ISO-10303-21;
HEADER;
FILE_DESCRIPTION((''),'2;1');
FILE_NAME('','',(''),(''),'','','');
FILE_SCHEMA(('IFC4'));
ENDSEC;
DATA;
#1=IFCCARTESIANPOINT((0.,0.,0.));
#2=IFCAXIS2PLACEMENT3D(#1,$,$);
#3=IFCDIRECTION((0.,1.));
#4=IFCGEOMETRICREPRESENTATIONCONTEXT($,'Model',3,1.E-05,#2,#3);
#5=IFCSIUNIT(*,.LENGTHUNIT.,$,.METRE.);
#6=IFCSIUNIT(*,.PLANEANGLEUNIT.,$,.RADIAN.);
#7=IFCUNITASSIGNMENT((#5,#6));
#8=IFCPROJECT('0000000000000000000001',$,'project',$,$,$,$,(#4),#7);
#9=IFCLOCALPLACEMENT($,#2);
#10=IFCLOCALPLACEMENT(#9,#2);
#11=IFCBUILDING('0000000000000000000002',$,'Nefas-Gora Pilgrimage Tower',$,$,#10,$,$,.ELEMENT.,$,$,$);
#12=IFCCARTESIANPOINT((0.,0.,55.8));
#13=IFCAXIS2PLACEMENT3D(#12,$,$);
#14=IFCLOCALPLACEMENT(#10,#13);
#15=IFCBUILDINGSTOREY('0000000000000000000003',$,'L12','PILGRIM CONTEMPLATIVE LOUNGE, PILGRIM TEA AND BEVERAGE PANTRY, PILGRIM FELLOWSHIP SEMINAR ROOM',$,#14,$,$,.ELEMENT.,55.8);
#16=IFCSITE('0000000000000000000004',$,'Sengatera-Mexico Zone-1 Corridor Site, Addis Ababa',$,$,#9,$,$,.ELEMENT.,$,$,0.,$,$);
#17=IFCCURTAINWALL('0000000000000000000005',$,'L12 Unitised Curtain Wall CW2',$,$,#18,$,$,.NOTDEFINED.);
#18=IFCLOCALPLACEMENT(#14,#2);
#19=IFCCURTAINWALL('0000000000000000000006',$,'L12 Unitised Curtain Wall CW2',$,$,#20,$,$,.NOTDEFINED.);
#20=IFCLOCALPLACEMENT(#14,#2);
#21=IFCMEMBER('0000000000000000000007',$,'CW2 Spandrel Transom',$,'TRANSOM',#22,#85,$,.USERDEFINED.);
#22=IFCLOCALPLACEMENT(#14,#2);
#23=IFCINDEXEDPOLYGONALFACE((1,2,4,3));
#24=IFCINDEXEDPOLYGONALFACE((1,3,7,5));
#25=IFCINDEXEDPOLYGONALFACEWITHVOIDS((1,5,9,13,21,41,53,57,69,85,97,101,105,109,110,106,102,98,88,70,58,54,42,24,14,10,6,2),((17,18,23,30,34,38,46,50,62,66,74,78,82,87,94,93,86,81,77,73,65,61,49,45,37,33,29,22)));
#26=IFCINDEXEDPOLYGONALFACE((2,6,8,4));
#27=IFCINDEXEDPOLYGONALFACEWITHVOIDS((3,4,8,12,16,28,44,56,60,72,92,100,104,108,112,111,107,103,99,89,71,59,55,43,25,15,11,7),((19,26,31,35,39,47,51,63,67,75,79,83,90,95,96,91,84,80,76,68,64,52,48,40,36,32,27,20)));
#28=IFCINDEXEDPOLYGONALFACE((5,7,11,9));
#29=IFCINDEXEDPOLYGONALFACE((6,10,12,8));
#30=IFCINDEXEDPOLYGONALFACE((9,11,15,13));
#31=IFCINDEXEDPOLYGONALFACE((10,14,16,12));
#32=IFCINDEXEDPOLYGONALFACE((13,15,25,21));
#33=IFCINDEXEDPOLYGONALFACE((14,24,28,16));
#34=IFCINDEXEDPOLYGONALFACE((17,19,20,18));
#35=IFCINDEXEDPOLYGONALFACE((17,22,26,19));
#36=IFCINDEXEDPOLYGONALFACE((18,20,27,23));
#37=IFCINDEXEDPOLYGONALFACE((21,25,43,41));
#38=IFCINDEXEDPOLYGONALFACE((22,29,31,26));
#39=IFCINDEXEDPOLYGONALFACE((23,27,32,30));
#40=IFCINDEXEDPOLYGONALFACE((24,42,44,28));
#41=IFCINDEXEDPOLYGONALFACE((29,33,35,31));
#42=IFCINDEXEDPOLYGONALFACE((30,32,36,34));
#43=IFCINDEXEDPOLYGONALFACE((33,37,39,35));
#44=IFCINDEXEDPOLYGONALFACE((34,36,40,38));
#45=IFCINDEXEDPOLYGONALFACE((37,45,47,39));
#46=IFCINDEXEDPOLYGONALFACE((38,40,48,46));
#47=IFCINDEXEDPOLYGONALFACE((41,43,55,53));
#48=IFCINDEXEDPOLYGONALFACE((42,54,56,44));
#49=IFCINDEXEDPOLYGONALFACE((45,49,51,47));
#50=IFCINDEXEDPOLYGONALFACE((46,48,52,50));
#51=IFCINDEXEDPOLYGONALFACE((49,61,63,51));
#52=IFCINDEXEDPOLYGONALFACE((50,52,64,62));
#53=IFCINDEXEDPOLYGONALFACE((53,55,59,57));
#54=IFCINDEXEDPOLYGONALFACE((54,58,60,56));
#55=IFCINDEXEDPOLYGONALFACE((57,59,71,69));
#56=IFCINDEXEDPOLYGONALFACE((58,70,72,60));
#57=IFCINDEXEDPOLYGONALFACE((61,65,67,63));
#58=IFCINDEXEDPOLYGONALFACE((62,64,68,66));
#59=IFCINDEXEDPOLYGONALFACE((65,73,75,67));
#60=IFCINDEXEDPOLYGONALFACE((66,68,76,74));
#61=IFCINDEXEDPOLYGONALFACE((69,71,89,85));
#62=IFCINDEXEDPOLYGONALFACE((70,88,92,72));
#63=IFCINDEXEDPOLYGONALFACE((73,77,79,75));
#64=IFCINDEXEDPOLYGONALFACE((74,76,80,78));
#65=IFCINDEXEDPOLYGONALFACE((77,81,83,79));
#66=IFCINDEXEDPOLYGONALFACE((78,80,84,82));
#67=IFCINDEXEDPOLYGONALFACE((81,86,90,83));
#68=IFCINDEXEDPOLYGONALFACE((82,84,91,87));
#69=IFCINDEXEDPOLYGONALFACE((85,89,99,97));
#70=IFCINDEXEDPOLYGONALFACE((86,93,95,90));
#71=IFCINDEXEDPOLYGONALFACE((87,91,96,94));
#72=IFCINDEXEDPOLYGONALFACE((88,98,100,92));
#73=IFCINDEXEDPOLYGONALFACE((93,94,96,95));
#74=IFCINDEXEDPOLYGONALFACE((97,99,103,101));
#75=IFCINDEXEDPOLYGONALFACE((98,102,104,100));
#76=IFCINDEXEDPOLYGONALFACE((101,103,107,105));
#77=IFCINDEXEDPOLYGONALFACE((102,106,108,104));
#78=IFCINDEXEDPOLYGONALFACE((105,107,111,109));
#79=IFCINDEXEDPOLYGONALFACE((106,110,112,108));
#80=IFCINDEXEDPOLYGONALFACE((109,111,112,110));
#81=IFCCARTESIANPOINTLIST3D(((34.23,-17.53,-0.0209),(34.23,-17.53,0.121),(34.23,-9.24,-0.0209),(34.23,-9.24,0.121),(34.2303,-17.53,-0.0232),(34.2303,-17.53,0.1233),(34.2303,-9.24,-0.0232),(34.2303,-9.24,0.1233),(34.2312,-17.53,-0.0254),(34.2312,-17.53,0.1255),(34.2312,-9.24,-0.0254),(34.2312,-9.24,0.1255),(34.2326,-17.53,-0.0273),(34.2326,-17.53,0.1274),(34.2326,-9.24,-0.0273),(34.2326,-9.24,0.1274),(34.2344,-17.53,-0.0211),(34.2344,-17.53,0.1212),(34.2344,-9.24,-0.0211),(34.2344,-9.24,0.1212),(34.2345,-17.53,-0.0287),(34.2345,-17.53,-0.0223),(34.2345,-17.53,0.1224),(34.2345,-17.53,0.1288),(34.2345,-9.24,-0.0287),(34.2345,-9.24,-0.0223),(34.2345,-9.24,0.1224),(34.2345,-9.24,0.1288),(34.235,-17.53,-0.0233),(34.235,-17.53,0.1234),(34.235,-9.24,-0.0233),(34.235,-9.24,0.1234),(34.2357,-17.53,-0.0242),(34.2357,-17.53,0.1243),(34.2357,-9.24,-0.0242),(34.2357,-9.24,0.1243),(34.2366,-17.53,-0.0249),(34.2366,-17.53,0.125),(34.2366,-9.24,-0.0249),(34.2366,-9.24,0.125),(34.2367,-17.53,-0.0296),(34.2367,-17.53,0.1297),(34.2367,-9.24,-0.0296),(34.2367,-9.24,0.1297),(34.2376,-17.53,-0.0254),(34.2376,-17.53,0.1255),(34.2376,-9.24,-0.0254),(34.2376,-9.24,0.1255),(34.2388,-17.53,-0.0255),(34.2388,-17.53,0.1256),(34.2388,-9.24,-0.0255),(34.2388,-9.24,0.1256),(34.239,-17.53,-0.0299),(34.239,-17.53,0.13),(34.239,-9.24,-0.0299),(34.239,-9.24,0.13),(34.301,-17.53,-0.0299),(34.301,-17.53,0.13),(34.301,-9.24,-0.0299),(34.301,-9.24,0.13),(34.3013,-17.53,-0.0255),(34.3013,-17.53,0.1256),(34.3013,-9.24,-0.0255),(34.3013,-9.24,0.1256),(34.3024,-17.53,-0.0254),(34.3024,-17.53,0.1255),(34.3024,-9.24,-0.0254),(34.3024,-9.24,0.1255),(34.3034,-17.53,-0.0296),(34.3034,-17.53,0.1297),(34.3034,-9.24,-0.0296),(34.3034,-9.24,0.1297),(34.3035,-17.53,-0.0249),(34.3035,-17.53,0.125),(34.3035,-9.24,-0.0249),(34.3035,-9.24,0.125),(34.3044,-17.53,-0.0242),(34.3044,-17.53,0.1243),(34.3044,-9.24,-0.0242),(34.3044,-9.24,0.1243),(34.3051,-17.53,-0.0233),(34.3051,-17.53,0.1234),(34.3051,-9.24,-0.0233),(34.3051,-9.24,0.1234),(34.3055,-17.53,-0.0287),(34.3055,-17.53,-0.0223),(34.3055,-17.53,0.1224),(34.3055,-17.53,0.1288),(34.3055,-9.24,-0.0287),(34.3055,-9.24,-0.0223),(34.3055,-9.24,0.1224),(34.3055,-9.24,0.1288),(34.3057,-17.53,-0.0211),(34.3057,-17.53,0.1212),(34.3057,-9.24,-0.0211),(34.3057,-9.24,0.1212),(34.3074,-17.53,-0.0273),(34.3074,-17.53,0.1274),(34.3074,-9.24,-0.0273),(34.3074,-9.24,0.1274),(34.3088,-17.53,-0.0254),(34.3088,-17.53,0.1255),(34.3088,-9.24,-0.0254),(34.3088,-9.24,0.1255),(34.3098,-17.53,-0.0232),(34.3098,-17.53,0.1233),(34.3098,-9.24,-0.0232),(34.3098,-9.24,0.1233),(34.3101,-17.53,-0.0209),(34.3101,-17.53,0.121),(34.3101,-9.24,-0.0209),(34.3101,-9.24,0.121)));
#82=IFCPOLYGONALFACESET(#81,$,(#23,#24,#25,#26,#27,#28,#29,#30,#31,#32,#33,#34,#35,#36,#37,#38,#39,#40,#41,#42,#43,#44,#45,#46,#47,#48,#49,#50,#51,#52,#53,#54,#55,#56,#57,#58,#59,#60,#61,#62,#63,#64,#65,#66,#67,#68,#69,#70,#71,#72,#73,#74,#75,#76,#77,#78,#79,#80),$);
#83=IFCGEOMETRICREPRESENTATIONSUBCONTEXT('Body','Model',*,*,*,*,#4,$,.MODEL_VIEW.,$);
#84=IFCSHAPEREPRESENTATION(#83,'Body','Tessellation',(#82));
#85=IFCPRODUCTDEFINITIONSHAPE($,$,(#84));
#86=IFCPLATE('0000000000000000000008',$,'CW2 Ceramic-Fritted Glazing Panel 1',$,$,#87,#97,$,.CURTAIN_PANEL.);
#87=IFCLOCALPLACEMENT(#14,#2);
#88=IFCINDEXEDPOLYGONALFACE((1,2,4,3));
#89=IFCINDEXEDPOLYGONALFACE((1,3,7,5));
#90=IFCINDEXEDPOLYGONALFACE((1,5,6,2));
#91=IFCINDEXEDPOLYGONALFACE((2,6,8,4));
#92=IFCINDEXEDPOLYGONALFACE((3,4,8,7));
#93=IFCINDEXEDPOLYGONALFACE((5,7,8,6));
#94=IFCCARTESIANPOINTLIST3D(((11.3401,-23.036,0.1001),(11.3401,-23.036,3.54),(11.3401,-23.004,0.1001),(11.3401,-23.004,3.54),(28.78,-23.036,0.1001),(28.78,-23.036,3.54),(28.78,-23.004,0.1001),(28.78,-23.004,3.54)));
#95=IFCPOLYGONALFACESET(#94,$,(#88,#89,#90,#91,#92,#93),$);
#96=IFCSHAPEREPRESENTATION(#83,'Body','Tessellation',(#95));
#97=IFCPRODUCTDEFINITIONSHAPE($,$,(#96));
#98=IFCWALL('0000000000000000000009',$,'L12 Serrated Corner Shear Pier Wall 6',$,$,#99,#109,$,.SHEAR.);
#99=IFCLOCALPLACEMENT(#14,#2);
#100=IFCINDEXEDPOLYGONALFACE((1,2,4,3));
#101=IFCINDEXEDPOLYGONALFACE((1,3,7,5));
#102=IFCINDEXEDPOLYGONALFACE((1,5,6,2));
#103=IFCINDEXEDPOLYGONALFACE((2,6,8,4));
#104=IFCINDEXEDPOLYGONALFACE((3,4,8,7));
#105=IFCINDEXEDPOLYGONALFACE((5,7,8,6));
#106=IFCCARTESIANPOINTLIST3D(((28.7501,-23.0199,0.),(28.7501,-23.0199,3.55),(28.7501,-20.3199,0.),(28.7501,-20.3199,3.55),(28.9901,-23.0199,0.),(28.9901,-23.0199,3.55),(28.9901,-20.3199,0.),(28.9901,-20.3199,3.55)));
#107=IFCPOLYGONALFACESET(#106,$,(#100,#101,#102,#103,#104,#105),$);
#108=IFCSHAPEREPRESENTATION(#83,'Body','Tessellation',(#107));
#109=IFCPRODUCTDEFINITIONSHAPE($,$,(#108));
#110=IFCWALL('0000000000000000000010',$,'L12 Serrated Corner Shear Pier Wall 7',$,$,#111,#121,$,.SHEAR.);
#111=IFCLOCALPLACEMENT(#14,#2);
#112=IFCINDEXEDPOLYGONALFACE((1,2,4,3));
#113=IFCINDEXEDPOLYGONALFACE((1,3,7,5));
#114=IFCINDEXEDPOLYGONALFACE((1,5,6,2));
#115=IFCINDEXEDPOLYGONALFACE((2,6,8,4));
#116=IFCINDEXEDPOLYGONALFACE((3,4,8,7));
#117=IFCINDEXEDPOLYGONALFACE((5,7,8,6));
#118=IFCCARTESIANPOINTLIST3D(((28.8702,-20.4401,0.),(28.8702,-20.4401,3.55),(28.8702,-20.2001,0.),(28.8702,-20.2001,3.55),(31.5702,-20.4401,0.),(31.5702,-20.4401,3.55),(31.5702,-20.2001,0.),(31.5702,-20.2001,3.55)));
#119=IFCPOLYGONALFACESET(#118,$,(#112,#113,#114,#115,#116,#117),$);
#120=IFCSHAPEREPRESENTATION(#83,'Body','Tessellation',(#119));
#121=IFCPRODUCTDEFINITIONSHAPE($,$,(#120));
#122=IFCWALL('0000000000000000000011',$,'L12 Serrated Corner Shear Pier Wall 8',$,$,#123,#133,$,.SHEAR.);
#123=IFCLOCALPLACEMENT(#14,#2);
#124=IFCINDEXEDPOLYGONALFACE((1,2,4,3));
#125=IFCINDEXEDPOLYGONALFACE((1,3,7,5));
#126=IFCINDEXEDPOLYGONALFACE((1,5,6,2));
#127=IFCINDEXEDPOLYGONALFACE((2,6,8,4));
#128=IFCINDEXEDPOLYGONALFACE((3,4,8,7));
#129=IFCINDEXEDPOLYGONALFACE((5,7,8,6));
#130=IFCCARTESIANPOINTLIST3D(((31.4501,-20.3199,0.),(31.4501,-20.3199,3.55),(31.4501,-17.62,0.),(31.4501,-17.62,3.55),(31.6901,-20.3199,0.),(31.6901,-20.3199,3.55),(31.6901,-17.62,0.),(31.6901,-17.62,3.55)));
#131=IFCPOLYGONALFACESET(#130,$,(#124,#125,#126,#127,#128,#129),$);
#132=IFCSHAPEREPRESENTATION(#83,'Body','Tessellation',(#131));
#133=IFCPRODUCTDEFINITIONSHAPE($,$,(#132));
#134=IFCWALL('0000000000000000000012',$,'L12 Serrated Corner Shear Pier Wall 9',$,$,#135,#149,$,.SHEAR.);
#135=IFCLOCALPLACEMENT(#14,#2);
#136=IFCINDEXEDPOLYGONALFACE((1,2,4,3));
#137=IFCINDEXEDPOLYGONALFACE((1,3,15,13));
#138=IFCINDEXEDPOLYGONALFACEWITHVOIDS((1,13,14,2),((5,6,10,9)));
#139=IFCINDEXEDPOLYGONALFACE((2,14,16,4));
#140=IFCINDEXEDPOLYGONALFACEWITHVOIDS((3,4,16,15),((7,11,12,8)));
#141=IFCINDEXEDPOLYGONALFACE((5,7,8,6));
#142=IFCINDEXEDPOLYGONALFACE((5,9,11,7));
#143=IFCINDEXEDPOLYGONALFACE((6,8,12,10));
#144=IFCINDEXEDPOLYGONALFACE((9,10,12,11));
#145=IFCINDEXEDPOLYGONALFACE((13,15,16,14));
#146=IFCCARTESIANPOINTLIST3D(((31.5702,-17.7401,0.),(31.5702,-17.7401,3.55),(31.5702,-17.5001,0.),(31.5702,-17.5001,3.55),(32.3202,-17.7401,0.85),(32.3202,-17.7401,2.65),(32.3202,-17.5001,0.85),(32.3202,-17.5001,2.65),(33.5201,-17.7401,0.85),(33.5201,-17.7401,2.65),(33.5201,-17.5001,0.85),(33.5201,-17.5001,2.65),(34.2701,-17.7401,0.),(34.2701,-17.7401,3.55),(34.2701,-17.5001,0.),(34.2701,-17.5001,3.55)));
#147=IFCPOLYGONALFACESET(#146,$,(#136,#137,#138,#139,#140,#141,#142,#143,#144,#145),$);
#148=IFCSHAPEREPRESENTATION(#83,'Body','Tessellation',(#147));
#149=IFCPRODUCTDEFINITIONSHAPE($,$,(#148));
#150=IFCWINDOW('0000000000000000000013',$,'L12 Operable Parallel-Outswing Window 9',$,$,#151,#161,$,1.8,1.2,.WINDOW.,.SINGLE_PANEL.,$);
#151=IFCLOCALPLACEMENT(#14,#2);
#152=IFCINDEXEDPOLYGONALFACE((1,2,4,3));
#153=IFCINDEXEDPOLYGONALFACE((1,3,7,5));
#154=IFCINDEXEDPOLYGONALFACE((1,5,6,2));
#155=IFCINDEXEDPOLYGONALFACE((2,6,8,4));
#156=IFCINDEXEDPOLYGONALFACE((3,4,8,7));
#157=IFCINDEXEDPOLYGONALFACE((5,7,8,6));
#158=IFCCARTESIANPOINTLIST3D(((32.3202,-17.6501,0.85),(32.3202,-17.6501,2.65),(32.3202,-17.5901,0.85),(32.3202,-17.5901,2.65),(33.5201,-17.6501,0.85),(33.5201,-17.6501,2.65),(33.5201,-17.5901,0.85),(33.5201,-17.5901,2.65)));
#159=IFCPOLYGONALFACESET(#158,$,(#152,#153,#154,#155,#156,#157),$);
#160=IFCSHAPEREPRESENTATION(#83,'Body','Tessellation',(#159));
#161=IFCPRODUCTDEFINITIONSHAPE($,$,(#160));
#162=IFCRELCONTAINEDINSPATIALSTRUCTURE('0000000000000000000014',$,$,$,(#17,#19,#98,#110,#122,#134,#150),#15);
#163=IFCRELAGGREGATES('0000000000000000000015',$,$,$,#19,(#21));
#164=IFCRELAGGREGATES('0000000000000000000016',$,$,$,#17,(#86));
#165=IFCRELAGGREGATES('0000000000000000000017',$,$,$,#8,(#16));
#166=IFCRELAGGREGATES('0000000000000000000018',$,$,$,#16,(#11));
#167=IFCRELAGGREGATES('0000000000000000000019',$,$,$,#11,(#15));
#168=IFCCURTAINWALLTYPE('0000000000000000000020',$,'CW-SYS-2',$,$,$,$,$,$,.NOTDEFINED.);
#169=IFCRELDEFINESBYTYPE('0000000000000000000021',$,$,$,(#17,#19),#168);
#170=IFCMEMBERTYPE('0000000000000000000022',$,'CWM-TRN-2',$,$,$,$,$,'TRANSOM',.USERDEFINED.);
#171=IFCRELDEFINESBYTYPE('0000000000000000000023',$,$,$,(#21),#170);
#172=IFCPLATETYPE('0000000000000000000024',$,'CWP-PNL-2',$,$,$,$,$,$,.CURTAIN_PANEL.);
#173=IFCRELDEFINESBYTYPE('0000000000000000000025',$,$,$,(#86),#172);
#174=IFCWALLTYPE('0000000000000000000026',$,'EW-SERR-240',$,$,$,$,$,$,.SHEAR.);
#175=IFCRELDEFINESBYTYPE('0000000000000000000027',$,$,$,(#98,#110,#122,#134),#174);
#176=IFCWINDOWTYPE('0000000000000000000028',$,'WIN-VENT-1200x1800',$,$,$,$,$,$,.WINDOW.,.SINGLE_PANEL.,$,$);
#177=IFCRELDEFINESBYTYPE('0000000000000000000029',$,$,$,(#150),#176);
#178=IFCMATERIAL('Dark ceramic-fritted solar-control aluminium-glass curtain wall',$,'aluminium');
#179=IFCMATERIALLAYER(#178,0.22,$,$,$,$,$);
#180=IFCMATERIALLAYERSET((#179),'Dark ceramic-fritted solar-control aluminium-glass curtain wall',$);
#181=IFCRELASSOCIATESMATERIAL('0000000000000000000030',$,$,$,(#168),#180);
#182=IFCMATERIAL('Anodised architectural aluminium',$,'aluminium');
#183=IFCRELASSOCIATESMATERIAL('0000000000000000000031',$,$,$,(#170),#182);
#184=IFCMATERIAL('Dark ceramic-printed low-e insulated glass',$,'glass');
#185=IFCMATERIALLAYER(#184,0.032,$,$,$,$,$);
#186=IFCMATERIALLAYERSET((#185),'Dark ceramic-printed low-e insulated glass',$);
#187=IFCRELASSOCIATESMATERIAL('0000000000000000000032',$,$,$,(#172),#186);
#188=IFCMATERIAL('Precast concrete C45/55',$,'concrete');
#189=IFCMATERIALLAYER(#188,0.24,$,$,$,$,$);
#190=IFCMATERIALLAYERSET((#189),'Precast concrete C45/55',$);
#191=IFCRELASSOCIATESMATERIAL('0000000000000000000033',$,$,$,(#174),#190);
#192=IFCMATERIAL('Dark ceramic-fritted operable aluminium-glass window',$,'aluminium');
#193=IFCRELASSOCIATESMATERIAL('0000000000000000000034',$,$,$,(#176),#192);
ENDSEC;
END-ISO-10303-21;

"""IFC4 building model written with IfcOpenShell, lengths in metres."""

from ifc_helpers import new_model, si_unit, direction, frame, frame_2d, origin, origin_2d, place, context, subcontext, project, spatial, rectangle, hollow_rectangle, extrude, source, transform, mapped, material, layer, layer_set, material_profile, profile_set, type_object, element, fill, aggregate, save


model = new_model("IFC4")

# Units and contexts
model_context = context("Model", 3, precision=1e-05, world=origin(), true_north=direction((0.0, 1.0)))
body_context = subcontext(model_context, "Body", "Model", "MODEL_VIEW")
ifc_project = project(units=[si_unit("LENGTHUNIT", "METRE"), si_unit("PLANEANGLEUNIT", "RADIAN")], contexts=[model_context])

# Site, building, storey
site_placement = place(None, origin())
site = spatial("IfcSite", under=ifc_project, at=site_placement, Name="Sengatera-Mexico Zone-1 Corridor Site, Addis Ababa", CompositionType="ELEMENT", RefElevation=0.0)
building_placement = place(site_placement, origin())
building = spatial("IfcBuilding", under=site, at=building_placement, Name="Nefas-Gora Pilgrimage Tower", CompositionType="ELEMENT")
storey_placement = place(building_placement, frame((0.0, 0.0, 55.8)))
storey = spatial("IfcBuildingStorey", under=building, at=storey_placement, Name="L12", Description="PILGRIM CONTEMPLATIVE LOUNGE, PILGRIM TEA AND BEVERAGE PANTRY, PILGRIM FELLOWSHIP SEMINAR ROOM", CompositionType="ELEMENT", Elevation=55.8)

# Curtain wall
ifc_material_1 = material(Name="Dark ceramic-fritted solar-control aluminium-glass curtain wall", Category="aluminium")
ifc_layer_1 = layer(ifc_material_1, 0.22)
ifc_layer_set_1 = layer_set([ifc_layer_1], Name="Dark ceramic-fritted solar-control aluminium-glass curtain wall")
curtain_wall_type = type_object("IfcCurtainWallType", Name="CW-SYS-2", PredefinedType="NOTDEFINED", material=ifc_layer_set_1)
curtain_wall_1_placement = place(storey_placement, origin())
curtain_wall_1 = element("IfcCurtainWall", 1, at=curtain_wall_1_placement, inside=storey, type_object=curtain_wall_type, Name="L12 Unitised Curtain Wall CW2", PredefinedType="NOTDEFINED")
ifc_material_2 = material(Name="Anodised architectural aluminium", Category="aluminium")

# Curtain wall, member
curtain_wall_2_placement = place(storey_placement, origin())
curtain_wall_2 = element("IfcCurtainWall", 2, at=curtain_wall_2_placement, inside=storey, type_object=curtain_wall_type, Name="L12 Unitised Curtain Wall CW2", PredefinedType="NOTDEFINED")
ifc_material_profile_1 = material_profile(ifc_material_2, hollow_rectangle(XDim=0.0801, YDim=0.1599, WallThickness=0.0044, InnerFilletRadius=0.0044, OuterFilletRadius=0.009, at=origin_2d()), Name="ALU TRANSOM 80x160")
ifc_profile_set_1 = profile_set([ifc_material_profile_1], Name="Anodised architectural aluminium")
member_type_1 = type_object("IfcMemberType", Name="CWM-TRN-2", ElementType="TRANSOM", PredefinedType="USERDEFINED", material=ifc_profile_set_1)
shared_shape_1 = source(origin(), body_context, "Body", "SweptSolid", [
    extrude(hollow_rectangle(XDim=0.0801, YDim=0.1599, WallThickness=0.0044, InnerFilletRadius=0.0044, OuterFilletRadius=0.009, at=origin_2d()), origin(), (0.0, 0.0, 1.0), 8.29),
])
member_1_placement = place(storey_placement, frame((34.27, -17.53, 0.05), z_axis=(0.0, 1.0, 0.0), x_axis=(-1.0, 0.0, 0.0)))
member_1 = element("IfcMember", 3, at=member_1_placement, type_object=member_type_1, Name="CW2 Spandrel Transom", ObjectType="TRANSOM", PredefinedType="USERDEFINED", context=body_context, shape_type="MappedRepresentation", body=[
    mapped(shared_shape_1, transform((0.0, 0.0, 0.0), x_axis=(1.0, 0.0, 0.0), y_axis=(0.0, 1.0, 0.0), z_axis=(0.0, 0.0, 1.0), scale=1.0)),
])
aggregate(curtain_wall_2, [member_1])

# Plate
ifc_material_3 = material(Name="Dark ceramic-printed low-e insulated glass", Category="glass")
ifc_layer_2 = layer(ifc_material_3, 0.032)
ifc_layer_set_2 = layer_set([ifc_layer_2], Name="Dark ceramic-printed low-e insulated glass")
plate_type = type_object("IfcPlateType", Name="CWP-PNL-2", PredefinedType="CURTAIN_PANEL", material=ifc_layer_set_2)
shared_shape_2 = source(origin(), body_context, "Body", "SweptSolid", [
    extrude(rectangle(XDim=17.4399, YDim=0.032, at=origin_2d()), origin(), (0.0, 0.0, 1.0), 3.4399),
])
plate_placement = place(storey_placement, frame((20.0601, -23.02, 0.1001), z_axis=(0.0, 0.0, 1.0), x_axis=(1.0, 0.0, 0.0)))
plate = element("IfcPlate", 4, at=plate_placement, type_object=plate_type, Name="CW2 Ceramic-Fritted Glazing Panel 1", PredefinedType="CURTAIN_PANEL", context=body_context, shape_type="MappedRepresentation", body=[
    mapped(shared_shape_2, transform((0.0, 0.0, 0.0), x_axis=(1.0, 0.0, 0.0), y_axis=(0.0, 1.0, 0.0), z_axis=(0.0, 0.0, 1.0), scale=1.0)),
])
aggregate(curtain_wall_1, [plate])

# Walls
ifc_material_4 = material(Name="Precast concrete C45/55", Category="concrete")
ifc_layer_3 = layer(ifc_material_4, 0.24)
ifc_layer_set_3 = layer_set([ifc_layer_3], Name="Precast concrete C45/55")
wall_type = type_object("IfcWallType", Name="EW-SERR-240", PredefinedType="SHEAR", material=ifc_layer_set_3)
shared_shape_3 = source(origin(), body_context, "Body", "SweptSolid", [
    extrude(rectangle(XDim=2.7, YDim=0.24, at=frame_2d((1.3501, 0.0))), origin(), (0.0, 0.0, 1.0), 3.55),
])
for number, where, z_axis, x_axis, name in (
    (5, (28.8701, -23.02, 0.0), (0.0, 0.0, 1.0), (0.0, 1.0, 0.0), "L12 Serrated Corner Shear Pier Wall 6"),
    (6, (28.8701, -20.3201, 0.0), (0.0, 0.0, 1.0), (1.0, 0.0, 0.0), "L12 Serrated Corner Shear Pier Wall 7"),
    (7, (31.5701, -20.3201, 0.0), (0.0, 0.0, 1.0), (0.0, 1.0, 0.0), "L12 Serrated Corner Shear Pier Wall 8"),
):
    element("IfcWall", number, at=place(storey_placement, frame(where, z_axis=z_axis, x_axis=x_axis)), inside=storey, type_object=wall_type, Name=name, PredefinedType="SHEAR", context=body_context, shape_type="MappedRepresentation", body=[
        mapped(shared_shape_3, transform((0.0, 0.0, 0.0), x_axis=(1.0, 0.0, 0.0), y_axis=(0.0, 1.0, 0.0), z_axis=(0.0, 0.0, 1.0), scale=1.0)),
    ])

# Wall, opening, window
wall_placement = place(storey_placement, frame((31.5701, -17.6201, 0.0), z_axis=(0.0, 0.0, 1.0), x_axis=(1.0, 0.0, 0.0)))
wall = element("IfcWall", 8, at=wall_placement, inside=storey, type_object=wall_type, Name="L12 Serrated Corner Shear Pier Wall 9", PredefinedType="SHEAR", context=body_context, shape_type="MappedRepresentation", body=[
    mapped(shared_shape_3, transform((0.0, 0.0, 0.0), x_axis=(1.0, 0.0, 0.0), y_axis=(0.0, 1.0, 0.0), z_axis=(0.0, 0.0, 1.0), scale=1.0)),
])
opening_placement = place(wall_placement, frame((0.75, 0.0, 0.8501)))
opening = element("IfcOpeningElement", 9, at=opening_placement, cuts=wall, PredefinedType="OPENING", context=body_context, shape_type="SweptSolid", body=[
    extrude(rectangle(XDim=1.2, YDim=1.8, at=frame_2d((0.6001, 0.8999))), frame((0.0, 0.1299, 0.0), z_axis=(0.0, -1.0, 0.0), x_axis=(1.0, 0.0, 0.0)), (0.0, 0.0, 1.0), 0.26),
])
ifc_material_5 = material(Name="Dark ceramic-fritted operable aluminium-glass window", Category="aluminium")
window_type = type_object("IfcWindowType", Name="WIN-VENT-1200x1800", PartitioningType="SINGLE_PANEL", PredefinedType="WINDOW", material=ifc_material_5)
shared_shape_4 = source(origin(), body_context, "Body", "SweptSolid", [
    extrude(rectangle(XDim=1.2, YDim=1.8, at=frame_2d((0.6001, 0.8999))), frame((0.0, 0.03, 0.0), z_axis=(0.0, -1.0, 0.0), x_axis=(1.0, 0.0, 0.0)), (0.0, 0.0, 1.0), 0.0601),
])
window_placement = place(opening_placement, origin())
window = element("IfcWindow", 10, at=window_placement, inside=storey, type_object=window_type, Name="L12 Operable Parallel-Outswing Window 9", OverallHeight=1.8, OverallWidth=1.2, PartitioningType="SINGLE_PANEL", PredefinedType="WINDOW", context=body_context, shape_type="MappedRepresentation", body=[
    mapped(shared_shape_4, transform((0.0, 0.0, 0.0), x_axis=(1.0, 0.0, 0.0), y_axis=(0.0, 1.0, 0.0), z_axis=(0.0, 0.0, 1.0), scale=1.0)),
])
fill(opening, window)

save(model, "model.ifc")
